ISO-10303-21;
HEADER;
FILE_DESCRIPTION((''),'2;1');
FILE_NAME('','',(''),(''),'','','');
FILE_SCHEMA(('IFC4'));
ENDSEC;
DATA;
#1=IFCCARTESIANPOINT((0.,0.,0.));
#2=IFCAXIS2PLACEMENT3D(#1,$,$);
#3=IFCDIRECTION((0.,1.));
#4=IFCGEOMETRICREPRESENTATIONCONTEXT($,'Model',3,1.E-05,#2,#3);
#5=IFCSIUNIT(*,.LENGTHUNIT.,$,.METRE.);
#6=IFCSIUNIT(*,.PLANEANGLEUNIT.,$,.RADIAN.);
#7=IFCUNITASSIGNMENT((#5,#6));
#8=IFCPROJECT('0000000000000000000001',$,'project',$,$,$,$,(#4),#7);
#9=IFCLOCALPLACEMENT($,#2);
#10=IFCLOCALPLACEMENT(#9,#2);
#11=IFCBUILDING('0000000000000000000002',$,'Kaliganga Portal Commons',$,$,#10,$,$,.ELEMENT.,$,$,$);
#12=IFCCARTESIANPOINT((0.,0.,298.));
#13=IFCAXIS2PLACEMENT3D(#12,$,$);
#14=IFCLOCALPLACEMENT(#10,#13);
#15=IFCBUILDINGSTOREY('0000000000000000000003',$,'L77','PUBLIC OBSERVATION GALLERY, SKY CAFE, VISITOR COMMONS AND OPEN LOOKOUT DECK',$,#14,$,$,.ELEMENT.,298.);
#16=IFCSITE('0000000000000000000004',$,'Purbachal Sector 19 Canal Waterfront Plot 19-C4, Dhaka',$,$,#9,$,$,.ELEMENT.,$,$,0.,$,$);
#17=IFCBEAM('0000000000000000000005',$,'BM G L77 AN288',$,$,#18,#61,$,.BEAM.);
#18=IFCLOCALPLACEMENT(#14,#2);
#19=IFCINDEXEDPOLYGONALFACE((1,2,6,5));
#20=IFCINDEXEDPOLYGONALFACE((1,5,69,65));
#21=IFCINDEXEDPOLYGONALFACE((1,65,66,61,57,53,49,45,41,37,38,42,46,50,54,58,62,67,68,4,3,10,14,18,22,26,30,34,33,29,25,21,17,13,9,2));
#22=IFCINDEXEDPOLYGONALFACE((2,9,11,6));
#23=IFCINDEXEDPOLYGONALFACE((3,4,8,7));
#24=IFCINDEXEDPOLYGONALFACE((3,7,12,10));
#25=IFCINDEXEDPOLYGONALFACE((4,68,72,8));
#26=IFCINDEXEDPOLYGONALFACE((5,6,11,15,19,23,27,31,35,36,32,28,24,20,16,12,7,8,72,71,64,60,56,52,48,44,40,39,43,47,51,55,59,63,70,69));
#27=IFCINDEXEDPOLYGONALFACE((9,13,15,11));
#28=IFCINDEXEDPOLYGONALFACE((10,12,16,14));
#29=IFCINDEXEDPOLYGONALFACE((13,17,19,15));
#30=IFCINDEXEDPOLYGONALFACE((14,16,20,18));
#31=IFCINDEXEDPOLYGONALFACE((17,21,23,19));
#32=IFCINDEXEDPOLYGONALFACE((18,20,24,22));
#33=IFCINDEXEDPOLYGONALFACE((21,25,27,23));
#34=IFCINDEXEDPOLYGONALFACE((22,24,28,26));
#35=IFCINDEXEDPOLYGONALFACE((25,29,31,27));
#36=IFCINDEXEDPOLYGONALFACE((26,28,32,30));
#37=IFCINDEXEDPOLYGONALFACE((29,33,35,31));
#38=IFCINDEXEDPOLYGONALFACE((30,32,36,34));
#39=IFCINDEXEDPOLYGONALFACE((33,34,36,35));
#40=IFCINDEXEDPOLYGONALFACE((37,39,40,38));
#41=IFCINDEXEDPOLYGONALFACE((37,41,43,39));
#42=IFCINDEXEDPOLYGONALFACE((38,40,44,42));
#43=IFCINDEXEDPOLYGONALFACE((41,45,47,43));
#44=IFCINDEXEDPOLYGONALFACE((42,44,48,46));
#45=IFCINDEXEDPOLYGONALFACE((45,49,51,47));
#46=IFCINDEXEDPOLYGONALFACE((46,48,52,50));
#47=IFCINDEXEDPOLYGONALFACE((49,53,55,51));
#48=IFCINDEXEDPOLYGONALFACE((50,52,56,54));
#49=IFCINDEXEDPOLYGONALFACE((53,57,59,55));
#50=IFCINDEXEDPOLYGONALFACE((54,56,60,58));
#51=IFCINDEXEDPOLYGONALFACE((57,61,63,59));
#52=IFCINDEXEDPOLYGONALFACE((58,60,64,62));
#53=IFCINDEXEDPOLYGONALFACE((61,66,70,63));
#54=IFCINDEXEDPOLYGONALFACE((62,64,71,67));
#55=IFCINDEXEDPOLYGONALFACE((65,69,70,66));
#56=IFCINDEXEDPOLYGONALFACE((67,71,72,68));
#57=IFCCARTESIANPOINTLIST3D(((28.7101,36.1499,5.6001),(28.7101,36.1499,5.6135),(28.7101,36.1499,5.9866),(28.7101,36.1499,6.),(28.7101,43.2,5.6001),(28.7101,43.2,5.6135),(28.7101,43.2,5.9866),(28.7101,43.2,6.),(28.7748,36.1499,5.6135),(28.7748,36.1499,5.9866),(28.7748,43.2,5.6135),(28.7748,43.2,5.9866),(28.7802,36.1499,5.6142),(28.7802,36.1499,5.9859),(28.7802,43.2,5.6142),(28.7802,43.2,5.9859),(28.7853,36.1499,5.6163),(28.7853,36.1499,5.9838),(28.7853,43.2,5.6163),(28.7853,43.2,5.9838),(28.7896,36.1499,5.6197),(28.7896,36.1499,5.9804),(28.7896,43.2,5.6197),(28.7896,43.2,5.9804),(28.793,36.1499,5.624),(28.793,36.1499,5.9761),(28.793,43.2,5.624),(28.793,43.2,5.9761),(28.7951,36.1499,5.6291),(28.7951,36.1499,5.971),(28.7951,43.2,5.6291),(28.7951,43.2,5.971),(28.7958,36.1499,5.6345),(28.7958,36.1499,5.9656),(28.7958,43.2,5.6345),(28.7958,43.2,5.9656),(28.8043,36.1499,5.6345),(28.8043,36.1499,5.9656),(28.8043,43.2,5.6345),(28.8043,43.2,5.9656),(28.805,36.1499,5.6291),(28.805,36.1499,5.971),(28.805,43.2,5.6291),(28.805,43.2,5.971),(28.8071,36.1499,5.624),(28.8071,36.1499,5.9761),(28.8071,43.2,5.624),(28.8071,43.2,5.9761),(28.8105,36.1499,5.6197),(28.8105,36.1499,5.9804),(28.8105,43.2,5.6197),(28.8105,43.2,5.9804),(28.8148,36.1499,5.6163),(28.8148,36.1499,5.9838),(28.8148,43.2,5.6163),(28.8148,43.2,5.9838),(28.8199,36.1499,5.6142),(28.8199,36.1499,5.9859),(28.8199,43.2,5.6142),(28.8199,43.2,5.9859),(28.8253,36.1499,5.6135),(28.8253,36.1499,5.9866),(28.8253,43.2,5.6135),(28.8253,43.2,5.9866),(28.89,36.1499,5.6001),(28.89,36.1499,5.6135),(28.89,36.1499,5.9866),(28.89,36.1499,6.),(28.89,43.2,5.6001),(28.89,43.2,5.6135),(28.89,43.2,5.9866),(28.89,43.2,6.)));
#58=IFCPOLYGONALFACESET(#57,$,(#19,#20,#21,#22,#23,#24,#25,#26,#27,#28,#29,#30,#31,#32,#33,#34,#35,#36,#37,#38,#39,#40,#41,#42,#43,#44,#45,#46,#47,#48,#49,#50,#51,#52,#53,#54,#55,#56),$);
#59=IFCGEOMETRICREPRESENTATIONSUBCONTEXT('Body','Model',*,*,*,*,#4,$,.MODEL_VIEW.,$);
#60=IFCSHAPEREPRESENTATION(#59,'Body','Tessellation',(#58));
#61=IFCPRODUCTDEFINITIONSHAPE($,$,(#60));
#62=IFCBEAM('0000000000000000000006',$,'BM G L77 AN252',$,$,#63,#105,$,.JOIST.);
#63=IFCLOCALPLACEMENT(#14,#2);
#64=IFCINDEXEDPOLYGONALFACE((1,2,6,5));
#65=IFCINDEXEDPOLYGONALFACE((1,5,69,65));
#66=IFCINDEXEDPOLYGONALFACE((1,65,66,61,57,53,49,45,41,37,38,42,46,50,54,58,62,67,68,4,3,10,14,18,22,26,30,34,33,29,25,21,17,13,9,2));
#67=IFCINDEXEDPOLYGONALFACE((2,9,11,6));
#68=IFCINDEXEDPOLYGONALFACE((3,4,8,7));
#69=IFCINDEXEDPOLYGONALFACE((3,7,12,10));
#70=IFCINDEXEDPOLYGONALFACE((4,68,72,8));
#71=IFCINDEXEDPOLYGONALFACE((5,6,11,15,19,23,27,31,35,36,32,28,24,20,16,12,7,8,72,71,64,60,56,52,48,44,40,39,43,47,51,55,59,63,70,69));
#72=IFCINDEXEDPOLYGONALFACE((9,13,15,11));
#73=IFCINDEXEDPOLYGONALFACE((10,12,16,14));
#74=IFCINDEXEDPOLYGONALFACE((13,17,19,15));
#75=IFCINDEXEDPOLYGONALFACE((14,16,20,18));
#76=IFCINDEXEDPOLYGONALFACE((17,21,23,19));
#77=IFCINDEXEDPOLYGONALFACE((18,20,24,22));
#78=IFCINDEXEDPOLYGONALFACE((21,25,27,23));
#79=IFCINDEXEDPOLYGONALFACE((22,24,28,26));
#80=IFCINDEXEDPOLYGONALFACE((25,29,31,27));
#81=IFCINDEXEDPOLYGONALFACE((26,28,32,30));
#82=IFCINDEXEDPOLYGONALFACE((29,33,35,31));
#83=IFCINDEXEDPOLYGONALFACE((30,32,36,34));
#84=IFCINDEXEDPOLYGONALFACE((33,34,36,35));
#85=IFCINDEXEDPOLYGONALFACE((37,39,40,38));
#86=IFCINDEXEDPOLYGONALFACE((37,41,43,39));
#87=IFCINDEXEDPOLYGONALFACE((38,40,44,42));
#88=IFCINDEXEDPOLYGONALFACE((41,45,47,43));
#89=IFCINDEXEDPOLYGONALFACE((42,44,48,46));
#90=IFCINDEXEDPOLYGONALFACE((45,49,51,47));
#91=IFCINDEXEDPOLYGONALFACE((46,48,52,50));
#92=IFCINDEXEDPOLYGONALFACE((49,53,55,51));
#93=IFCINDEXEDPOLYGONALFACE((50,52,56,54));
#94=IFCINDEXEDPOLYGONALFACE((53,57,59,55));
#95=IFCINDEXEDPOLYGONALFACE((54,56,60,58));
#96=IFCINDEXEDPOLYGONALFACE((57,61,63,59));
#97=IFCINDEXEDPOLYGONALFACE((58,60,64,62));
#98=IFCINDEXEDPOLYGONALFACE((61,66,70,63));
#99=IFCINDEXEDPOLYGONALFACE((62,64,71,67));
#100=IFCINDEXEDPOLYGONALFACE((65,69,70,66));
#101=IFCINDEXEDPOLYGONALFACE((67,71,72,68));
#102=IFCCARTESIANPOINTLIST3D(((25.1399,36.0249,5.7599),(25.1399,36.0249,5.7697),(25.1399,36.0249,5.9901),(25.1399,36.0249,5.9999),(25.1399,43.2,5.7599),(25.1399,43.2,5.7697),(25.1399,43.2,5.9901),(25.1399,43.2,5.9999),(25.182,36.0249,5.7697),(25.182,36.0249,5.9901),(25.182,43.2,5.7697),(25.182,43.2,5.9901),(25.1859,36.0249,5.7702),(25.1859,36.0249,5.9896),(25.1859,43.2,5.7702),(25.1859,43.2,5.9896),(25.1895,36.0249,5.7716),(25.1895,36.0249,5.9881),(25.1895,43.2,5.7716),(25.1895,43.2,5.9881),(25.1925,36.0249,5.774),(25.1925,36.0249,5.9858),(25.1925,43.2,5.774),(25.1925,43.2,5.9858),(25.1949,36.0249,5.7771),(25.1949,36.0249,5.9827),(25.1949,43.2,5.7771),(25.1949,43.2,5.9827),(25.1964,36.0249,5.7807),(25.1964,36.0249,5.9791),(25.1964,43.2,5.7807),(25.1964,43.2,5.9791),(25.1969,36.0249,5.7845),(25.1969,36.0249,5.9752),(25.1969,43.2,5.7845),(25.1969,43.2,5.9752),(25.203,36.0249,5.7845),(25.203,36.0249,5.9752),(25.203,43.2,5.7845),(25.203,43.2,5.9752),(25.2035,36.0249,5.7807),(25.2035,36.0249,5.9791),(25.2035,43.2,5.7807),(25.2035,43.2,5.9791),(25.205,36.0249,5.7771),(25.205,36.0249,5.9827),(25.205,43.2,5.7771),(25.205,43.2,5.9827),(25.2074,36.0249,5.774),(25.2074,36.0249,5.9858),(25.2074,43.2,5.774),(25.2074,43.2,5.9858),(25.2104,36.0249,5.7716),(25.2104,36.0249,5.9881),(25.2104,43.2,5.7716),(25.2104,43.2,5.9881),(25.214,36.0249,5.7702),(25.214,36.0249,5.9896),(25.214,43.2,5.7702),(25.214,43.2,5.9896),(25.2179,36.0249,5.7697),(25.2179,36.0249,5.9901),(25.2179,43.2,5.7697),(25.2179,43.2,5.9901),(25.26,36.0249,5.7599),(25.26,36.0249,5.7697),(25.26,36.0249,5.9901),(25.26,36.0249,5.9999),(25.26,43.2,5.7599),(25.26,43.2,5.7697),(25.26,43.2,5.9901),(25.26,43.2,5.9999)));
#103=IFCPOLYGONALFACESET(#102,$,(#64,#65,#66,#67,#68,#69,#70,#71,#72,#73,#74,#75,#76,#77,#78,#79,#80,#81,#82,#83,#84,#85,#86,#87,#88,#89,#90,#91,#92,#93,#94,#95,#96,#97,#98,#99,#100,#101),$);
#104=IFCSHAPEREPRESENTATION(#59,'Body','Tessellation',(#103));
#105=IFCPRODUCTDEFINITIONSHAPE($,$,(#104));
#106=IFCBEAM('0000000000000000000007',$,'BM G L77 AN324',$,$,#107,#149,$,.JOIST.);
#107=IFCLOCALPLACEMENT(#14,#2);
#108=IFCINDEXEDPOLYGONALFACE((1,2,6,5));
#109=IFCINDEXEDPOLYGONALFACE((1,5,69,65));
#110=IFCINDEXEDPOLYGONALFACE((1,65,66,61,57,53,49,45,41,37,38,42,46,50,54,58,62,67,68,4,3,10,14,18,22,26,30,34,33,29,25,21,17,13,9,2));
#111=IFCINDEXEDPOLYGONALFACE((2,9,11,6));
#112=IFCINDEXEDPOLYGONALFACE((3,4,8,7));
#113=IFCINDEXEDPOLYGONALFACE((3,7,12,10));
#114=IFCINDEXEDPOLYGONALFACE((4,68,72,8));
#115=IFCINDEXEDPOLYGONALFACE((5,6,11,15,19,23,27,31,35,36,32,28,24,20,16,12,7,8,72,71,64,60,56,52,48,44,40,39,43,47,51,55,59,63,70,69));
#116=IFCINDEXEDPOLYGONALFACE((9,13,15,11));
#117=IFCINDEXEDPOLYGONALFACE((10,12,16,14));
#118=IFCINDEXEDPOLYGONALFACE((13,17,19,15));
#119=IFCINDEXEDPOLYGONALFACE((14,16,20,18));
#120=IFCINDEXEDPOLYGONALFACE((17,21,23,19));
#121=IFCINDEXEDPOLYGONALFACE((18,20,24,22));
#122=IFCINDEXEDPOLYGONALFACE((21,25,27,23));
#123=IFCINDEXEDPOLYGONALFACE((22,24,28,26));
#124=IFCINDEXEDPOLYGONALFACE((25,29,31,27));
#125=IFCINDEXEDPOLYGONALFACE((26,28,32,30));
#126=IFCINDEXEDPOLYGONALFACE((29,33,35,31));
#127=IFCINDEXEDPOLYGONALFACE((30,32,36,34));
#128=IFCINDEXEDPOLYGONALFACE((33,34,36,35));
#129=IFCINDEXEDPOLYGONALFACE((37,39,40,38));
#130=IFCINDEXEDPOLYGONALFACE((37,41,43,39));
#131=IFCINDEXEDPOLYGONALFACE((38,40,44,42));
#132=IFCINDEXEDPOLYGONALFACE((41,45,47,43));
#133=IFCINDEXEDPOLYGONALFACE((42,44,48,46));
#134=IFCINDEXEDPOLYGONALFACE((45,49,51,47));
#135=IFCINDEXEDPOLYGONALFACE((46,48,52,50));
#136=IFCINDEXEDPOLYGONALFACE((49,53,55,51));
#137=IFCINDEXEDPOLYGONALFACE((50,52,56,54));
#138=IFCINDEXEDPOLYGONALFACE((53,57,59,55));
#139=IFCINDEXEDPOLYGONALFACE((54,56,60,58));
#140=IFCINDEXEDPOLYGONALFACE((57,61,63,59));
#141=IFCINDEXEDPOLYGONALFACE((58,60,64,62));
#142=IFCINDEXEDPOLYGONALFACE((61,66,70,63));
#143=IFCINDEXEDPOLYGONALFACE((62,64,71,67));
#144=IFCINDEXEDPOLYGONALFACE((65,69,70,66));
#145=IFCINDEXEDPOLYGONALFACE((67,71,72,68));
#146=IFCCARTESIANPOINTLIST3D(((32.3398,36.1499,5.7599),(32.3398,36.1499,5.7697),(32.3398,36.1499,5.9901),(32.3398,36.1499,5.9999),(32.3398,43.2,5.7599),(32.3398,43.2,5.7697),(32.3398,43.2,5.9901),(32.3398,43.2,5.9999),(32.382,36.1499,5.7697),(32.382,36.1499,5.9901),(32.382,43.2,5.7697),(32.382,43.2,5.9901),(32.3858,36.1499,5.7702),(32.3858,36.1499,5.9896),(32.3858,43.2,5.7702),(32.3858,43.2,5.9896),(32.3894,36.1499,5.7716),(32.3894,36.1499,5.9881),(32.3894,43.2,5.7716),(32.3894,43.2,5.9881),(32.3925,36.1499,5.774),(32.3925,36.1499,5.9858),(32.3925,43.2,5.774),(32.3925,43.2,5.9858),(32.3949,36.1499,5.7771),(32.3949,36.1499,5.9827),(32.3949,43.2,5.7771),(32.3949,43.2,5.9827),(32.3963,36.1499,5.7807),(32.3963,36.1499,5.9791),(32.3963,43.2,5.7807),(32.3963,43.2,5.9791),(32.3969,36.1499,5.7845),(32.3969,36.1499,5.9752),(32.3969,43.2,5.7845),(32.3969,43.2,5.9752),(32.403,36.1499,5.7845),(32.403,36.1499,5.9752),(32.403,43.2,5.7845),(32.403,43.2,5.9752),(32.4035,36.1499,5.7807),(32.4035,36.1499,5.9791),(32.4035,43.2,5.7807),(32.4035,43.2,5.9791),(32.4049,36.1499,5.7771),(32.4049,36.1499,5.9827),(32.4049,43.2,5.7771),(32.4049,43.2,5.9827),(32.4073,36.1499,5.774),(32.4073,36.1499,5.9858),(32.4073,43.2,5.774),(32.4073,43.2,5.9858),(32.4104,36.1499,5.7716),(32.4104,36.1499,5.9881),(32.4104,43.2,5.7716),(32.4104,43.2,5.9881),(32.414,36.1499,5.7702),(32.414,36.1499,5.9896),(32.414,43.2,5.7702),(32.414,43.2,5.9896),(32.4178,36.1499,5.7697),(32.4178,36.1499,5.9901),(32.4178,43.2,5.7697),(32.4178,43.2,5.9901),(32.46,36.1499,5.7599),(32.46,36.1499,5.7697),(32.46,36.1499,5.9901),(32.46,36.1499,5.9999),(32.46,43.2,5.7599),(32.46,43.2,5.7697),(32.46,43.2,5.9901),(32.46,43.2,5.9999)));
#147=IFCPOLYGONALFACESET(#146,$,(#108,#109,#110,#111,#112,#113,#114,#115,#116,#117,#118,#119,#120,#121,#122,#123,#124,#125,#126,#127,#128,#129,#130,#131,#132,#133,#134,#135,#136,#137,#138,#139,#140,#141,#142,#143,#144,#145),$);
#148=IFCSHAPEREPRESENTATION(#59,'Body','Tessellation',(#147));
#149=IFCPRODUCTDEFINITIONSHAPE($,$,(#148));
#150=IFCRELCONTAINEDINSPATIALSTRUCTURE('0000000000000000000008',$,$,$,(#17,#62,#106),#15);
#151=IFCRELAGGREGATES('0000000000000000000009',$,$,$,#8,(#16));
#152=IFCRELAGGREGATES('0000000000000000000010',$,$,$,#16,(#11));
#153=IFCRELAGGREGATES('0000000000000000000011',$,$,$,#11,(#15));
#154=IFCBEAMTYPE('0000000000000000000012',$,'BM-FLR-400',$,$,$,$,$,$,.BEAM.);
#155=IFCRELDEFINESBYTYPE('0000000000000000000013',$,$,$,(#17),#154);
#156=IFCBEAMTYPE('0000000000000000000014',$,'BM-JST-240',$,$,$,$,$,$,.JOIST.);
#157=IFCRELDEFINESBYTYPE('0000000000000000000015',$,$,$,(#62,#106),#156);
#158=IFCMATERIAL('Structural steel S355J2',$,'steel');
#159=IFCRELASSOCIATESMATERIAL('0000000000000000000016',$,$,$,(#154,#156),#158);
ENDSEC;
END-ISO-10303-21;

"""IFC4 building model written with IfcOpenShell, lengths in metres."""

from ifc_helpers import new_model, si_unit, direction, frame, origin, origin_2d, place, context, subcontext, project, spatial, i_section, extrude, source, transform, mapped, material, material_profile, profile_set, type_object, element, save


model = new_model("IFC4")

# Units and contexts
model_context = context("Model", 3, precision=1e-05, world=origin(), true_north=direction((0.0, 1.0)))
body_context = subcontext(model_context, "Body", "Model", "MODEL_VIEW")
ifc_project = project(units=[si_unit("LENGTHUNIT", "METRE"), si_unit("PLANEANGLEUNIT", "RADIAN")], contexts=[model_context])

# Site, building, storey
site_placement = place(None, origin())
site = spatial("IfcSite", under=ifc_project, at=site_placement, Name="Purbachal Sector 19 Canal Waterfront Plot 19-C4, Dhaka", CompositionType="ELEMENT", RefElevation=0.0)
building_placement = place(site_placement, origin())
building = spatial("IfcBuilding", under=site, at=building_placement, Name="Kaliganga Portal Commons", CompositionType="ELEMENT")
storey_placement = place(building_placement, frame((0.0, 0.0, 298.0)))
storey = spatial("IfcBuildingStorey", under=building, at=storey_placement, Name="L77", Description="PUBLIC OBSERVATION GALLERY, SKY CAFE, VISITOR COMMONS AND OPEN LOOKOUT DECK", CompositionType="ELEMENT", Elevation=298.0)

# Beams
ifc_material_1 = material(Name="Structural steel S355J2", Category="steel")
ifc_material_profile_1 = material_profile(ifc_material_1, i_section(OverallWidth=0.1799, OverallDepth=0.3999, WebThickness=0.0085, FlangeThickness=0.0134, FilletRadius=0.021, at=origin_2d()), Name="IPE 400")
ifc_profile_set_1 = profile_set([ifc_material_profile_1], Name="Structural steel S355J2 wide-flange")
beam_type_1 = type_object("IfcBeamType", Name="BM-FLR-400", PredefinedType="BEAM", material=ifc_profile_set_1)
shared_shape_1 = source(origin(), body_context, "Body", "SweptSolid", [
    extrude(i_section(OverallWidth=0.1799, OverallDepth=0.3999, WebThickness=0.0085, FlangeThickness=0.0134, FilletRadius=0.021, at=origin_2d()), origin(), (0.0, 0.0, 1.0), 7.05),
])
beam_1_placement = place(storey_placement, frame((28.8, 36.1499, 5.8), z_axis=(0.0, 1.0, 0.0), x_axis=(-1.0, 0.0, 0.0)))
element("IfcBeam", 1, at=beam_1_placement, inside=storey, type_object=beam_type_1, Name="BM G L77 AN288", PredefinedType="BEAM", context=body_context, shape_type="MappedRepresentation", body=[
    mapped(shared_shape_1, transform((0.0, 0.0, 0.0), x_axis=(1.0, 0.0, 0.0), y_axis=(0.0, 1.0, 0.0), z_axis=(0.0, 0.0, 1.0), scale=1.0)),
])
ifc_material_profile_2 = material_profile(ifc_material_1, i_section(OverallWidth=0.1201, OverallDepth=0.24, WebThickness=0.0061, FlangeThickness=0.0098, FilletRadius=0.0149, at=origin_2d()), Name="IPE 240")
ifc_profile_set_2 = profile_set([ifc_material_profile_2], Name="Structural steel S355J2 wide-flange")
beam_type_2 = type_object("IfcBeamType", Name="BM-JST-240", PredefinedType="JOIST", material=ifc_profile_set_2)
shared_shape_2 = source(origin(), body_context, "Body", "SweptSolid", [
    extrude(i_section(OverallWidth=0.1201, OverallDepth=0.24, WebThickness=0.0061, FlangeThickness=0.0098, FilletRadius=0.0149, at=origin_2d()), origin(), (0.0, 0.0, 1.0), 7.175),
])
beam_2_placement = place(storey_placement, frame((25.2, 36.0249, 5.8799), z_axis=(0.0, 1.0, 0.0), x_axis=(-1.0, 0.0, 0.0)))
element("IfcBeam", 2, at=beam_2_placement, inside=storey, type_object=beam_type_2, Name="BM G L77 AN252", PredefinedType="JOIST", context=body_context, shape_type="MappedRepresentation", body=[
    mapped(shared_shape_2, transform((0.0, 0.0, 0.0), x_axis=(1.0, 0.0, 0.0), y_axis=(0.0, 1.0, 0.0), z_axis=(0.0, 0.0, 1.0), scale=1.0)),
])
shared_shape_3 = source(origin(), body_context, "Body", "SweptSolid", [
    extrude(i_section(OverallWidth=0.1201, OverallDepth=0.24, WebThickness=0.0061, FlangeThickness=0.0098, FilletRadius=0.0149, at=origin_2d()), origin(), (0.0, 0.0, 1.0), 7.05),
])
beam_3_placement = place(storey_placement, frame((32.3999, 36.1499, 5.8799), z_axis=(0.0, 1.0, 0.0), x_axis=(-1.0, 0.0, 0.0)))
element("IfcBeam", 3, at=beam_3_placement, inside=storey, type_object=beam_type_2, Name="BM G L77 AN324", PredefinedType="JOIST", context=body_context, shape_type="MappedRepresentation", body=[
    mapped(shared_shape_3, transform((0.0, 0.0, 0.0), x_axis=(1.0, 0.0, 0.0), y_axis=(0.0, 1.0, 0.0), z_axis=(0.0, 0.0, 1.0), scale=1.0)),
])

save(model, "model.ifc")
